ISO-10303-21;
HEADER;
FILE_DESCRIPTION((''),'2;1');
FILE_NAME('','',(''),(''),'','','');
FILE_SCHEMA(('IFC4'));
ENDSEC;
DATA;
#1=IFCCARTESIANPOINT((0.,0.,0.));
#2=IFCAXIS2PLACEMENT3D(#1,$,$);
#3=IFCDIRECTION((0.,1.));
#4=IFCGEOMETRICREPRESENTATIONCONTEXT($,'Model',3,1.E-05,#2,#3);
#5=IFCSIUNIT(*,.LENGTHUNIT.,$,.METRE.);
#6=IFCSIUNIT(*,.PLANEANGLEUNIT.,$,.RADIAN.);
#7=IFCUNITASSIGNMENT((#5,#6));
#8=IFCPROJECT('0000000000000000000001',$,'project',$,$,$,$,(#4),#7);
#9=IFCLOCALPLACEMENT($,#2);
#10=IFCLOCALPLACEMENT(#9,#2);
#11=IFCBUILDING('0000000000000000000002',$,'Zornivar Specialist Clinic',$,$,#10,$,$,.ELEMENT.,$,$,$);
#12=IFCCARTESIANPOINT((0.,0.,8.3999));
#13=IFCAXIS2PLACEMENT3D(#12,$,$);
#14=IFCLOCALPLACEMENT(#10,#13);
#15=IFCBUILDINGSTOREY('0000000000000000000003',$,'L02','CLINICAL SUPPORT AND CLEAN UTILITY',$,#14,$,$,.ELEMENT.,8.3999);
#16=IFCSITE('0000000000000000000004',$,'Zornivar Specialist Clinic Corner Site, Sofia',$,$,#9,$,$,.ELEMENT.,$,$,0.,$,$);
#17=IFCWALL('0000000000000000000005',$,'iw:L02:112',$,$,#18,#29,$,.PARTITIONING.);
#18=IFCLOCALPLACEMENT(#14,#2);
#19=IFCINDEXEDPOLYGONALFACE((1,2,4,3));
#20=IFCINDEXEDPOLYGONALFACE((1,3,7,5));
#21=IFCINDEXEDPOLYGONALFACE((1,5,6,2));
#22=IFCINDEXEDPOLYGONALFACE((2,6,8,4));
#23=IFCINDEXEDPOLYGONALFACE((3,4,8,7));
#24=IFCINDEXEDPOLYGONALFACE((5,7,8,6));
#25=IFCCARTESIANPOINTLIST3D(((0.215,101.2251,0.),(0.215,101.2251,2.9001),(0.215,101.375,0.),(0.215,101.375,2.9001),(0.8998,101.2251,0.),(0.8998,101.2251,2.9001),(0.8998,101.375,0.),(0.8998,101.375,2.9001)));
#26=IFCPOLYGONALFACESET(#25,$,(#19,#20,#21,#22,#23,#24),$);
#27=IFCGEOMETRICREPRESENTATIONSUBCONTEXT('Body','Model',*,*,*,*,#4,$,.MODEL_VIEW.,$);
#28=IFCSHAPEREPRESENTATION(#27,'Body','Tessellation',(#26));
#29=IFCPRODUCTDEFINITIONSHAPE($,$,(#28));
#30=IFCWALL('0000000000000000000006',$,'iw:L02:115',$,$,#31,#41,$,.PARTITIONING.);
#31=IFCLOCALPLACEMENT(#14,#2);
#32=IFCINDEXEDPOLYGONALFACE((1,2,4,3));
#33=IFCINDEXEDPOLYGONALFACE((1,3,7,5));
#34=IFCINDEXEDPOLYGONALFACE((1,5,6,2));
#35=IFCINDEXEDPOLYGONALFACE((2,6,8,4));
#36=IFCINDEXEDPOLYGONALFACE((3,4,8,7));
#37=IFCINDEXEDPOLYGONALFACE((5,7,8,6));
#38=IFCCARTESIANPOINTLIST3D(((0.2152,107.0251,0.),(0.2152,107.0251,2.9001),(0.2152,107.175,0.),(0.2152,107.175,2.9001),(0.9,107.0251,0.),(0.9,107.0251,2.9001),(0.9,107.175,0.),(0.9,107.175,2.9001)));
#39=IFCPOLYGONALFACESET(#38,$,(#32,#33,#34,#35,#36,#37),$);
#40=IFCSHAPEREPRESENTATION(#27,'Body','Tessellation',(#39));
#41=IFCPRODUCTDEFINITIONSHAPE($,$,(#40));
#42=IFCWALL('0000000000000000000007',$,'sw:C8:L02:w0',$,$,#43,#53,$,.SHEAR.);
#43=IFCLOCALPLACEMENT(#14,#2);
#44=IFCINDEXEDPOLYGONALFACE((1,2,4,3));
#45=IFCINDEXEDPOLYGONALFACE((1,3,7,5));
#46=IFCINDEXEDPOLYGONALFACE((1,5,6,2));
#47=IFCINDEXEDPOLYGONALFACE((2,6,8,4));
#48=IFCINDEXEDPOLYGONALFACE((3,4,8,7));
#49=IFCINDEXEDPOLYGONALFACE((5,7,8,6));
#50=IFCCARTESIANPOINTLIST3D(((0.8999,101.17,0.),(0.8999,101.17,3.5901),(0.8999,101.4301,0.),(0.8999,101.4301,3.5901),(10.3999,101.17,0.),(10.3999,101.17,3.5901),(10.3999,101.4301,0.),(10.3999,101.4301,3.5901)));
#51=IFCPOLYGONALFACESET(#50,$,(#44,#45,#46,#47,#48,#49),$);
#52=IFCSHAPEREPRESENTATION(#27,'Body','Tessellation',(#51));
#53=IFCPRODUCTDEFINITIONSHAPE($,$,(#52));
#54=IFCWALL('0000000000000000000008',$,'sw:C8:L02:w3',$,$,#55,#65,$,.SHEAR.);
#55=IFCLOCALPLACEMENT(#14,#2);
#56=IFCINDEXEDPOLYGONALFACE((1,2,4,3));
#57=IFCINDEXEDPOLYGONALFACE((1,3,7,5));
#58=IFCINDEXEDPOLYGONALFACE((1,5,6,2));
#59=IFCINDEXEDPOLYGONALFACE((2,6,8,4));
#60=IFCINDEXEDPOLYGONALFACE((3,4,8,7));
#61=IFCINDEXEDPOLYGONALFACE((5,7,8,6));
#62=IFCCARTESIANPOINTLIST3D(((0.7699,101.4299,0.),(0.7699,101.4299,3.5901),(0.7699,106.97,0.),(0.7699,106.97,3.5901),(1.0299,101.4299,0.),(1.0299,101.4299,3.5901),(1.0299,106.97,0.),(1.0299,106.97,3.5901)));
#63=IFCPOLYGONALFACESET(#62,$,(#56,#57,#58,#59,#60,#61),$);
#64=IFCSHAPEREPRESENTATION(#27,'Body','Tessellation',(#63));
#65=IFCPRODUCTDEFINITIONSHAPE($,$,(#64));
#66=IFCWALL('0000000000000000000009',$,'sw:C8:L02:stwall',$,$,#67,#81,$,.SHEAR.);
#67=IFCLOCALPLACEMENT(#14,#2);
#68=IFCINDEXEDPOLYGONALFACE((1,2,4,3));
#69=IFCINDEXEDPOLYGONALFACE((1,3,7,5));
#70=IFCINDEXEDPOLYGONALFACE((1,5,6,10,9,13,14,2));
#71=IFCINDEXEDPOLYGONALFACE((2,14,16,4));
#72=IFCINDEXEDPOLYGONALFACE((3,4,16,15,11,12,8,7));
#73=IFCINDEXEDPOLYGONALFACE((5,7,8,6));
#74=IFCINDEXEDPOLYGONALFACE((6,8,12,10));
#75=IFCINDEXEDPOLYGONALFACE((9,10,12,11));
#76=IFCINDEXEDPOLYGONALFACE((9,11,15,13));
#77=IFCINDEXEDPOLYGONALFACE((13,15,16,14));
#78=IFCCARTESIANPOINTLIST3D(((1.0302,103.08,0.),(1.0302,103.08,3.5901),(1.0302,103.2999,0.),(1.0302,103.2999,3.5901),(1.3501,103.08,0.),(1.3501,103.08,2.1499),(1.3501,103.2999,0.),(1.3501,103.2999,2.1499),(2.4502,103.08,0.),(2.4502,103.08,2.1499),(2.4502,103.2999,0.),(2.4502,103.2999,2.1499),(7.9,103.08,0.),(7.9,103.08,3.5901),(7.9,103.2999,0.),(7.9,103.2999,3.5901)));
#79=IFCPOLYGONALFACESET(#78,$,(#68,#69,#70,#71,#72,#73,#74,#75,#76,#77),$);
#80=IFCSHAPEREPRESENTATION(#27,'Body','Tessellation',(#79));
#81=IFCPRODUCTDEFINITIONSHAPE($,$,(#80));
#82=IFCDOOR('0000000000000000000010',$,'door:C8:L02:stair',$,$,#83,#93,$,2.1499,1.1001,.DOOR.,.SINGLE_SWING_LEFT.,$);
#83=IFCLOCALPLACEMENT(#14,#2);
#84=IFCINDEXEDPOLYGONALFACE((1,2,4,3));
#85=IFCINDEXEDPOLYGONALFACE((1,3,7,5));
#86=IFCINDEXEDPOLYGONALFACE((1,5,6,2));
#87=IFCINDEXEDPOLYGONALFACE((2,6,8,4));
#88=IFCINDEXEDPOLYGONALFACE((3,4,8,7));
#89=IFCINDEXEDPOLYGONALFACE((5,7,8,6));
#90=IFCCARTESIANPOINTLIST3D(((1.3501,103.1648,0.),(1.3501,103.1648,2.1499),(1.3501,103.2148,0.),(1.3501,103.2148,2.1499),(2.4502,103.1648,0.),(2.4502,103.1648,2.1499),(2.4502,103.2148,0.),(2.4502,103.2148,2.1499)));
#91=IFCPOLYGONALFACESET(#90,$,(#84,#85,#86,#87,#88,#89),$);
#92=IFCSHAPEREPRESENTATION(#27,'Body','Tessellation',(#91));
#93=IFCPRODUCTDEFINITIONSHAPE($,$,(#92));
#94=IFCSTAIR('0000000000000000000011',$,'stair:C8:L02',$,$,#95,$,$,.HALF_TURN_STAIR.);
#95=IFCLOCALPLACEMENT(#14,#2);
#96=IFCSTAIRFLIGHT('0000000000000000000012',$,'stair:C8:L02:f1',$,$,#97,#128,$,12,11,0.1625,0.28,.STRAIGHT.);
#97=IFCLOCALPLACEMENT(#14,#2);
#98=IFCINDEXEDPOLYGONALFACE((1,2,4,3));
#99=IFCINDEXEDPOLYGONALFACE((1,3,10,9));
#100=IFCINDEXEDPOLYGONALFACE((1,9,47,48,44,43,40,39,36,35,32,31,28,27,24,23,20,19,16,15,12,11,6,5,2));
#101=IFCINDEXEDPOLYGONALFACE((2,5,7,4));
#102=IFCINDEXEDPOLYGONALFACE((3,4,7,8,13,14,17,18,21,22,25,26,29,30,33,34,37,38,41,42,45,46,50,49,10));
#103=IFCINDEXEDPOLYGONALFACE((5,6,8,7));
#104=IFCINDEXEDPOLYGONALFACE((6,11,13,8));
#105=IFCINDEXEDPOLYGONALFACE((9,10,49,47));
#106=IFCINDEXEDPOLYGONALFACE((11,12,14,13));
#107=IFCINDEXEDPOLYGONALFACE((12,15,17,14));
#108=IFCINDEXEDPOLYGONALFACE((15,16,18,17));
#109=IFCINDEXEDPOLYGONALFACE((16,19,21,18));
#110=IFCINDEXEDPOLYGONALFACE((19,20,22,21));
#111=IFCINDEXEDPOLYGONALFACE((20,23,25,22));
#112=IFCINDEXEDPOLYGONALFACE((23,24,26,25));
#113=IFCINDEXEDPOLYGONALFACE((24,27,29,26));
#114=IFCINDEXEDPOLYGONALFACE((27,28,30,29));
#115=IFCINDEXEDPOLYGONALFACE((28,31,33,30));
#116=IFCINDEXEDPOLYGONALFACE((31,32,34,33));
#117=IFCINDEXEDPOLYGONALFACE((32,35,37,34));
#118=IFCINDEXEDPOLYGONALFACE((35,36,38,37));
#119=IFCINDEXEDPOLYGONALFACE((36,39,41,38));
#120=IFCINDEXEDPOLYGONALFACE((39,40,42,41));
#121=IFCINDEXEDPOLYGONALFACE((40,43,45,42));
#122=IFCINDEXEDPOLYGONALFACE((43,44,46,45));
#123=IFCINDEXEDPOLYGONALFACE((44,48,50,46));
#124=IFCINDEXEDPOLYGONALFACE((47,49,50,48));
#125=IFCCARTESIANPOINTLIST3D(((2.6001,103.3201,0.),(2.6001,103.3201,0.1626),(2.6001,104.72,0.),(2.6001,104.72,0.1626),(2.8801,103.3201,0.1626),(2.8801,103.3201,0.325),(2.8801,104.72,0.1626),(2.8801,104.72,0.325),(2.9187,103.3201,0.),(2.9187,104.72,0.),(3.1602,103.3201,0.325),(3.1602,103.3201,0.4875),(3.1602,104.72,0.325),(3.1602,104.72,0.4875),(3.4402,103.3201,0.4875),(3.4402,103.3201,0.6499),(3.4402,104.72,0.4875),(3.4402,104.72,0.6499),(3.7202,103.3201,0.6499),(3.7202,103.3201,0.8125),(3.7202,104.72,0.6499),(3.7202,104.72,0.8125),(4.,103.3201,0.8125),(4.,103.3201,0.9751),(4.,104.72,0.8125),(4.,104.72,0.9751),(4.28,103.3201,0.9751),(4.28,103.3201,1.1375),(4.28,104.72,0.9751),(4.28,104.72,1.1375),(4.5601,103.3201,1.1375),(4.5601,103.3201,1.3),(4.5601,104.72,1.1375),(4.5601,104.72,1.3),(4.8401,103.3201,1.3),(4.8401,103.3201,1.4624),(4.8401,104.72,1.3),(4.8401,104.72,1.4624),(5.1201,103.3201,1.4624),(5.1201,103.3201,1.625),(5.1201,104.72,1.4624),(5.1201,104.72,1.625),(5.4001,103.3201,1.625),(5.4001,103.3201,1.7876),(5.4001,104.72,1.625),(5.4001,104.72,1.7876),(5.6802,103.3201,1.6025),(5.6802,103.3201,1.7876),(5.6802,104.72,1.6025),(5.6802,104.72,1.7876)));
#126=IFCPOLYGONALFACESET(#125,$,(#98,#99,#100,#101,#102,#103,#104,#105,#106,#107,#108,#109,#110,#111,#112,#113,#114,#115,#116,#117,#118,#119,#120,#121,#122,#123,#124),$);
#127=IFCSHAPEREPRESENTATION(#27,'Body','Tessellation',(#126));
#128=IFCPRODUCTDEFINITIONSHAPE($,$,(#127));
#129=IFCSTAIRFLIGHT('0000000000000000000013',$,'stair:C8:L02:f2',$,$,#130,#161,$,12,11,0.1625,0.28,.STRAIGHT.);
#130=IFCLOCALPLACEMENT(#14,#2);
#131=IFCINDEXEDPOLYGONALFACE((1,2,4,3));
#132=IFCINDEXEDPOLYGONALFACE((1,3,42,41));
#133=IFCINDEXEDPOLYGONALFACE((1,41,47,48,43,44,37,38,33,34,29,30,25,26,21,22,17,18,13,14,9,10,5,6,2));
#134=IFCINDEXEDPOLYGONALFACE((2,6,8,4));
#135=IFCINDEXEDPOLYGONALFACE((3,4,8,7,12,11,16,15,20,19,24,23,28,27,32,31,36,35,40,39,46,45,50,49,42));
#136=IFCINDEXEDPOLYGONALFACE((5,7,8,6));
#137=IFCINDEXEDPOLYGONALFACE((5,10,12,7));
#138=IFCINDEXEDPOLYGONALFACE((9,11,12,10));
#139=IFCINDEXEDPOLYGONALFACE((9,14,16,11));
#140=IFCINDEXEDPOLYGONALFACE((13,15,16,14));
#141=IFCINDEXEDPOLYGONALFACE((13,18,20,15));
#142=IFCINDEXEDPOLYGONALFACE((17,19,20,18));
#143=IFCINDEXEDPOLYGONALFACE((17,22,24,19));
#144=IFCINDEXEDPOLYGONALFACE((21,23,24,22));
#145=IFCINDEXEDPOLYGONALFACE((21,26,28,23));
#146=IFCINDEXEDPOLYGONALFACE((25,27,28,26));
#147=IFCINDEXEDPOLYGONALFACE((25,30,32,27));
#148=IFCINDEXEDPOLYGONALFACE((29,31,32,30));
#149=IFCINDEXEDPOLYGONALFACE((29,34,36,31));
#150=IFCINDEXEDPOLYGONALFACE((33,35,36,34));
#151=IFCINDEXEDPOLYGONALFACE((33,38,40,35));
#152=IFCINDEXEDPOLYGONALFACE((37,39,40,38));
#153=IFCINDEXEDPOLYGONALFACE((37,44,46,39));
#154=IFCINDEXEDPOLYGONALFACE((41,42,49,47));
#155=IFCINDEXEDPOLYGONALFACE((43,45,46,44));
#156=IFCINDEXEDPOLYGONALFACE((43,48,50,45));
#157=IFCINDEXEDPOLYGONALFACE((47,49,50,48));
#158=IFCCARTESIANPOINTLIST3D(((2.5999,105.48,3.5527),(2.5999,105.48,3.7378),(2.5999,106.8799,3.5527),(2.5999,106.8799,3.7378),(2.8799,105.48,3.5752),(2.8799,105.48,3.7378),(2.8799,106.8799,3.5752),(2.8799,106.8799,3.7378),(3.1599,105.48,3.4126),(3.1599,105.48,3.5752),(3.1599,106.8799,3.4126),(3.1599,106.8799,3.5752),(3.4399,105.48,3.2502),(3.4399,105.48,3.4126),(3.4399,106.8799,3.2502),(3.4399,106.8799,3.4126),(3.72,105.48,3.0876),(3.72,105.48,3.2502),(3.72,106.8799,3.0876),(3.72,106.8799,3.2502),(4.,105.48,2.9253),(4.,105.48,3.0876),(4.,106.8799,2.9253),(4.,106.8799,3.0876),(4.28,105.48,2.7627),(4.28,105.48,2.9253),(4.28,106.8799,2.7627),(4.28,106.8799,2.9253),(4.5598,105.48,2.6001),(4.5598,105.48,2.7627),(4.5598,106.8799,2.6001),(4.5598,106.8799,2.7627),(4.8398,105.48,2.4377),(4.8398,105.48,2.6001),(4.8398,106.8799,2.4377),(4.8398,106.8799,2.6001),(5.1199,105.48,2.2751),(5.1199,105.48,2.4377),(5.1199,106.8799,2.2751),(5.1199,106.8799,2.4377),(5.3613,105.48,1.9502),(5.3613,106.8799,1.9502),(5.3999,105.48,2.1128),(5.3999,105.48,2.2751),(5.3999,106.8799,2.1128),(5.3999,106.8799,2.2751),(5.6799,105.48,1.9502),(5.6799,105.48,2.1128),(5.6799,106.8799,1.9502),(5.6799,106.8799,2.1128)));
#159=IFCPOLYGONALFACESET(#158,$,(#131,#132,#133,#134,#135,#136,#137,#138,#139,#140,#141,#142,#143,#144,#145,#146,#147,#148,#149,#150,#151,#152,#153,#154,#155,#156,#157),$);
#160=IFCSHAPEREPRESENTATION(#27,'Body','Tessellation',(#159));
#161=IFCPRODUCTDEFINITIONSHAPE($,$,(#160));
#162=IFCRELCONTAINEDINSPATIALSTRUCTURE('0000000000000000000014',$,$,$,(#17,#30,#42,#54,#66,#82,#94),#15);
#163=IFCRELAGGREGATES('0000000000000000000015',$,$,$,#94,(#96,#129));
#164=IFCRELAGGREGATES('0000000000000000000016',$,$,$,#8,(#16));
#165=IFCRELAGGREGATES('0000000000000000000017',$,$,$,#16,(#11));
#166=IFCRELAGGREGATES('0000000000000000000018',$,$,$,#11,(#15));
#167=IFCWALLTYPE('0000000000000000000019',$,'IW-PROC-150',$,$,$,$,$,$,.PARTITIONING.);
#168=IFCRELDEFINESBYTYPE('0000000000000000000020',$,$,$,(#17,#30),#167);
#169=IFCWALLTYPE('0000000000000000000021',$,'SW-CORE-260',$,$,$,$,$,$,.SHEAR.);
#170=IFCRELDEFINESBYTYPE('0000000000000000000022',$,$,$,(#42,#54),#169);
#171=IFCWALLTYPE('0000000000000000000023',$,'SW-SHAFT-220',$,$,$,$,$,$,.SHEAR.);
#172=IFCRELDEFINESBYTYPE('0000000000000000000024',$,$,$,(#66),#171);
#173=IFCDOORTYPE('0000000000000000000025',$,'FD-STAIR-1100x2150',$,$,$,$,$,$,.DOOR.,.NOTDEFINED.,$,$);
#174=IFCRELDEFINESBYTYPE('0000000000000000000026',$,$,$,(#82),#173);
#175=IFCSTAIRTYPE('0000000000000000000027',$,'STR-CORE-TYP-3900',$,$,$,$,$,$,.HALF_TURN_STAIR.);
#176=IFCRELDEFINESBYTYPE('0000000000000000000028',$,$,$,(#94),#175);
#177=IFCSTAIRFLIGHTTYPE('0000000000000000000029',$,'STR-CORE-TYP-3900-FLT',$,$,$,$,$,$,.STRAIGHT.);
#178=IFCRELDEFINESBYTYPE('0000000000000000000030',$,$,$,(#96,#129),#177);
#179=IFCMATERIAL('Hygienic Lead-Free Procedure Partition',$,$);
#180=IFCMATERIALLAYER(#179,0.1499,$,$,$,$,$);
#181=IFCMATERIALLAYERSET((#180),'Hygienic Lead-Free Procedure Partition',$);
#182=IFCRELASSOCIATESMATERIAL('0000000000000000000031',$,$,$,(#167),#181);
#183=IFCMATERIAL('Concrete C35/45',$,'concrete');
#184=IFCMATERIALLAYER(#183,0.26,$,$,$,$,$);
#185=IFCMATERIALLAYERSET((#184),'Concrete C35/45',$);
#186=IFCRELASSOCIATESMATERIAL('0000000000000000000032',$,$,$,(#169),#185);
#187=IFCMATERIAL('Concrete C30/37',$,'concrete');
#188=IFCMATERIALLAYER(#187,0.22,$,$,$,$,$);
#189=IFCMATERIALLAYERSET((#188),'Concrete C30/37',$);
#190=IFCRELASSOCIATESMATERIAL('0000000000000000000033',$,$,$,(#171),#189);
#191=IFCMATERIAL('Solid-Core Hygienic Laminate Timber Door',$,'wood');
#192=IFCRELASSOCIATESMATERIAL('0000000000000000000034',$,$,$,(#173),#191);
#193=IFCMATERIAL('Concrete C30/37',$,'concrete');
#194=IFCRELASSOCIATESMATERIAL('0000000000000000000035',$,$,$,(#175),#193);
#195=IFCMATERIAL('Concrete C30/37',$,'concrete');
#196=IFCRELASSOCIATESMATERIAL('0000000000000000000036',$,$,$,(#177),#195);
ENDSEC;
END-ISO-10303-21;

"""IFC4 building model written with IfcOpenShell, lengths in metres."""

from ifc_helpers import new_model, si_unit, direction, frame, frame_2d, origin, place, context, subcontext, project, spatial, polyline, rectangle, outline, extrude, material, layer, layer_set, type_object, element, fill, aggregate, save


model = new_model("IFC4")

# Units and contexts
model_context = context("Model", 3, precision=1e-05, world=origin(), true_north=direction((0.0, 1.0)))
body_context = subcontext(model_context, "Body", "Model", "MODEL_VIEW")
ifc_project = project(units=[si_unit("LENGTHUNIT", "METRE"), si_unit("PLANEANGLEUNIT", "RADIAN")], contexts=[model_context])

# Site, building, storey
site_placement = place(None, origin())
site = spatial("IfcSite", under=ifc_project, at=site_placement, Name="Zornivar Specialist Clinic Corner Site, Sofia", CompositionType="ELEMENT", RefElevation=0.0)
building_placement = place(site_placement, origin())
building = spatial("IfcBuilding", under=site, at=building_placement, Name="Zornivar Specialist Clinic", CompositionType="ELEMENT")
storey_placement = place(building_placement, frame((0.0, 0.0, 8.3999)))
storey = spatial("IfcBuildingStorey", under=building, at=storey_placement, Name="L02", Description="CLINICAL SUPPORT AND CLEAN UTILITY", CompositionType="ELEMENT", Elevation=8.3999)

# Walls
ifc_material_1 = material(Name="Hygienic Lead-Free Procedure Partition")
ifc_layer_1 = layer(ifc_material_1, 0.1499)
ifc_layer_set_1 = layer_set([ifc_layer_1], Name="Hygienic Lead-Free Procedure Partition")
wall_type_1 = type_object("IfcWallType", Name="IW-PROC-150", PredefinedType="PARTITIONING", material=ifc_layer_set_1)
for number, where, z_axis, x_axis, name in (
    (1, (0.2151, 101.3, 0.0), (0.0, 0.0, 1.0), (1.0, 0.0, 0.0), "iw:L02:112"),
    (2, (0.8999, 107.1001, 0.0), (0.0, 0.0, 1.0), (-1.0, 0.0, 0.0), "iw:L02:115"),
):
    element("IfcWall", number, at=place(storey_placement, frame(where, z_axis=z_axis, x_axis=x_axis)), inside=storey, type_object=wall_type_1, Name=name, PredefinedType="PARTITIONING", context=body_context, shape_type="SweptSolid", body=[
        extrude(rectangle(XDim=0.6848, YDim=0.1499, at=frame_2d((0.3423, 0.0))), origin(), (0.0, 0.0, 1.0), 2.9001),
    ])
ifc_material_2 = material(Name="Concrete C35/45", Category="concrete")
ifc_layer_2 = layer(ifc_material_2, 0.26)
ifc_layer_set_2 = layer_set([ifc_layer_2], Name="Concrete C35/45")
wall_type_2 = type_object("IfcWallType", Name="SW-CORE-260", PredefinedType="SHEAR", material=ifc_layer_set_2)
wall_1_placement = place(storey_placement, frame((0.8999, 101.3, 0.0), z_axis=(0.0, 0.0, 1.0), x_axis=(1.0, 0.0, 0.0)))
element("IfcWall", 3, at=wall_1_placement, inside=storey, type_object=wall_type_2, Name="sw:C8:L02:w0", PredefinedType="SHEAR", context=body_context, shape_type="SweptSolid", body=[
    extrude(rectangle(XDim=9.5, YDim=0.26, at=frame_2d((4.75, 0.0))), origin(), (0.0, 0.0, 1.0), 3.5901),
])
wall_2_placement = place(storey_placement, frame((0.8999, 106.97, 0.0), z_axis=(0.0, 0.0, 1.0), x_axis=(0.0, -1.0, 0.0)))
element("IfcWall", 4, at=wall_2_placement, inside=storey, type_object=wall_type_2, Name="sw:C8:L02:w3", PredefinedType="SHEAR", context=body_context, shape_type="SweptSolid", body=[
    extrude(rectangle(XDim=5.54, YDim=0.26, at=frame_2d((2.77, 0.0))), origin(), (0.0, 0.0, 1.0), 3.5901),
])

# Wall, opening, door
ifc_material_3 = material(Name="Concrete C30/37", Category="concrete")
ifc_layer_3 = layer(ifc_material_3, 0.22)
ifc_layer_set_3 = layer_set([ifc_layer_3], Name="Concrete C30/37")
wall_type_3 = type_object("IfcWallType", Name="SW-SHAFT-220", PredefinedType="SHEAR", material=ifc_layer_set_3)
wall_3_placement = place(storey_placement, frame((1.03, 103.1899, 0.0), z_axis=(0.0, 0.0, 1.0), x_axis=(1.0, 0.0, 0.0)))
wall_3 = element("IfcWall", 5, at=wall_3_placement, inside=storey, type_object=wall_type_3, Name="sw:C8:L02:stwall", PredefinedType="SHEAR", context=body_context, shape_type="SweptSolid", body=[
    extrude(rectangle(XDim=6.8699, YDim=0.22, at=frame_2d((3.4351, 0.0))), origin(), (0.0, 0.0, 1.0), 3.5901),
])
opening_1_placement = place(wall_3_placement, frame((0.3201, 0.0, 0.0)))
opening_1 = element("IfcOpeningElement", 6, at=opening_1_placement, cuts=wall_3, PredefinedType="OPENING", context=body_context, shape_type="SweptSolid", body=[
    extrude(rectangle(XDim=1.1001, YDim=2.1499, at=frame_2d((0.55, 1.075))), frame((0.0, 0.1199, 0.0), z_axis=(0.0, -1.0, 0.0), x_axis=(1.0, 0.0, 0.0)), (0.0, 0.0, 1.0), 0.24),
])
ifc_material_4 = material(Name="Solid-Core Hygienic Laminate Timber Door", Category="wood")
door_type = type_object("IfcDoorType", Name="FD-STAIR-1100x2150", OperationType="NOTDEFINED", PredefinedType="DOOR", material=ifc_material_4)
door_placement = place(opening_1_placement, origin())
door = element("IfcDoor", 7, at=door_placement, inside=storey, type_object=door_type, Name="door:C8:L02:stair", OperationType="SINGLE_SWING_LEFT", OverallHeight=2.1499, OverallWidth=1.1001, PredefinedType="DOOR", context=body_context, shape_type="SweptSolid", body=[
    extrude(rectangle(XDim=1.1001, YDim=2.1499, at=frame_2d((0.55, 1.075))), frame((0.0, 0.0249, 0.0), z_axis=(0.0, -1.0, 0.0), x_axis=(1.0, 0.0, 0.0)), (0.0, 0.0, 1.0), 0.05),
])
fill(opening_1, door)

# Stair, stair flights
ifc_material_5 = material(Name="Concrete C30/37", Category="concrete")
stair_type = type_object("IfcStairType", Name="STR-CORE-TYP-3900", PredefinedType="HALF_TURN_STAIR", material=ifc_material_5)
stair_placement = place(storey_placement, origin())
stair = element("IfcStair", 8, at=stair_placement, inside=storey, type_object=stair_type, Name="stair:C8:L02", PredefinedType="HALF_TURN_STAIR")
ifc_material_6 = material(Name="Concrete C30/37", Category="concrete")
stair_flight_type = type_object("IfcStairFlightType", Name="STR-CORE-TYP-3900-FLT", PredefinedType="STRAIGHT", material=ifc_material_6)
stair_flight_1_placement = place(storey_placement, frame((2.6001, 104.02, 0.0), z_axis=(0.0, 0.0, 1.0), x_axis=(1.0, 0.0, 0.0)))
stair_flight_1 = element("IfcStairFlight", 9, at=stair_flight_1_placement, type_object=stair_flight_type, Name="stair:C8:L02:f1", NumberOfRisers=12, NumberOfTreads=11, PredefinedType="STRAIGHT", RiserHeight=0.1625, TreadLength=0.28, context=body_context, shape_type="SweptSolid", body=[
    extrude(outline(polyline([(0.0, 0.0), (0.0, 0.1626), (0.28, 0.1626), (0.28, 0.325), (0.5601, 0.325), (0.5601, 0.4875), (0.8401, 0.4875), (0.8401, 0.6499), (1.1201, 0.6499), (1.1201, 0.8125), (1.3999, 0.8125), (1.3999, 0.9751), (1.6799, 0.9751), (1.6799, 1.1375), (1.96, 1.1375), (1.96, 1.3), (2.24, 1.3), (2.24, 1.4624), (2.52, 1.4624), (2.52, 1.625), (2.8, 1.625), (2.8, 1.7876), (3.0801, 1.7876), (3.0801, 1.95), (3.0801, 1.6025), (0.3186, 0.0), (0.0, 0.0)])), frame((0.0, 0.7, 0.0), z_axis=(0.0, -1.0, 0.0), x_axis=(1.0, 0.0, 0.0)), (0.0, 0.0, 1.0), 1.3999),
])
stair_flight_2_placement = place(storey_placement, frame((5.6799, 106.1799, 1.9502), z_axis=(0.0, 0.0, 1.0), x_axis=(-1.0, 0.0, 0.0)))
stair_flight_2 = element("IfcStairFlight", 10, at=stair_flight_2_placement, type_object=stair_flight_type, Name="stair:C8:L02:f2", NumberOfRisers=12, NumberOfTreads=11, PredefinedType="STRAIGHT", RiserHeight=0.1625, TreadLength=0.28, context=body_context, shape_type="SweptSolid", body=[
    extrude(outline(polyline([(0.0, 0.0), (0.0, 0.1626), (0.28, 0.1626), (0.28, 0.325), (0.5601, 0.325), (0.5601, 0.4875), (0.8401, 0.4875), (0.8401, 0.6499), (1.1201, 0.6499), (1.1201, 0.8125), (1.3999, 0.8125), (1.3999, 0.9751), (1.6799, 0.9751), (1.6799, 1.1375), (1.96, 1.1375), (1.96, 1.3), (2.24, 1.3), (2.24, 1.4624), (2.52, 1.4624), (2.52, 1.625), (2.8, 1.625), (2.8, 1.7876), (3.0801, 1.7876), (3.0801, 1.95), (3.0801, 1.6025), (0.3186, 0.0), (0.0, 0.0)])), frame((0.0, 0.7, 0.0), z_axis=(0.0, -1.0, 0.0), x_axis=(1.0, 0.0, 0.0)), (0.0, 0.0, 1.0), 1.3999),
])
aggregate(stair, [stair_flight_1, stair_flight_2])

save(model, "model.ifc")
